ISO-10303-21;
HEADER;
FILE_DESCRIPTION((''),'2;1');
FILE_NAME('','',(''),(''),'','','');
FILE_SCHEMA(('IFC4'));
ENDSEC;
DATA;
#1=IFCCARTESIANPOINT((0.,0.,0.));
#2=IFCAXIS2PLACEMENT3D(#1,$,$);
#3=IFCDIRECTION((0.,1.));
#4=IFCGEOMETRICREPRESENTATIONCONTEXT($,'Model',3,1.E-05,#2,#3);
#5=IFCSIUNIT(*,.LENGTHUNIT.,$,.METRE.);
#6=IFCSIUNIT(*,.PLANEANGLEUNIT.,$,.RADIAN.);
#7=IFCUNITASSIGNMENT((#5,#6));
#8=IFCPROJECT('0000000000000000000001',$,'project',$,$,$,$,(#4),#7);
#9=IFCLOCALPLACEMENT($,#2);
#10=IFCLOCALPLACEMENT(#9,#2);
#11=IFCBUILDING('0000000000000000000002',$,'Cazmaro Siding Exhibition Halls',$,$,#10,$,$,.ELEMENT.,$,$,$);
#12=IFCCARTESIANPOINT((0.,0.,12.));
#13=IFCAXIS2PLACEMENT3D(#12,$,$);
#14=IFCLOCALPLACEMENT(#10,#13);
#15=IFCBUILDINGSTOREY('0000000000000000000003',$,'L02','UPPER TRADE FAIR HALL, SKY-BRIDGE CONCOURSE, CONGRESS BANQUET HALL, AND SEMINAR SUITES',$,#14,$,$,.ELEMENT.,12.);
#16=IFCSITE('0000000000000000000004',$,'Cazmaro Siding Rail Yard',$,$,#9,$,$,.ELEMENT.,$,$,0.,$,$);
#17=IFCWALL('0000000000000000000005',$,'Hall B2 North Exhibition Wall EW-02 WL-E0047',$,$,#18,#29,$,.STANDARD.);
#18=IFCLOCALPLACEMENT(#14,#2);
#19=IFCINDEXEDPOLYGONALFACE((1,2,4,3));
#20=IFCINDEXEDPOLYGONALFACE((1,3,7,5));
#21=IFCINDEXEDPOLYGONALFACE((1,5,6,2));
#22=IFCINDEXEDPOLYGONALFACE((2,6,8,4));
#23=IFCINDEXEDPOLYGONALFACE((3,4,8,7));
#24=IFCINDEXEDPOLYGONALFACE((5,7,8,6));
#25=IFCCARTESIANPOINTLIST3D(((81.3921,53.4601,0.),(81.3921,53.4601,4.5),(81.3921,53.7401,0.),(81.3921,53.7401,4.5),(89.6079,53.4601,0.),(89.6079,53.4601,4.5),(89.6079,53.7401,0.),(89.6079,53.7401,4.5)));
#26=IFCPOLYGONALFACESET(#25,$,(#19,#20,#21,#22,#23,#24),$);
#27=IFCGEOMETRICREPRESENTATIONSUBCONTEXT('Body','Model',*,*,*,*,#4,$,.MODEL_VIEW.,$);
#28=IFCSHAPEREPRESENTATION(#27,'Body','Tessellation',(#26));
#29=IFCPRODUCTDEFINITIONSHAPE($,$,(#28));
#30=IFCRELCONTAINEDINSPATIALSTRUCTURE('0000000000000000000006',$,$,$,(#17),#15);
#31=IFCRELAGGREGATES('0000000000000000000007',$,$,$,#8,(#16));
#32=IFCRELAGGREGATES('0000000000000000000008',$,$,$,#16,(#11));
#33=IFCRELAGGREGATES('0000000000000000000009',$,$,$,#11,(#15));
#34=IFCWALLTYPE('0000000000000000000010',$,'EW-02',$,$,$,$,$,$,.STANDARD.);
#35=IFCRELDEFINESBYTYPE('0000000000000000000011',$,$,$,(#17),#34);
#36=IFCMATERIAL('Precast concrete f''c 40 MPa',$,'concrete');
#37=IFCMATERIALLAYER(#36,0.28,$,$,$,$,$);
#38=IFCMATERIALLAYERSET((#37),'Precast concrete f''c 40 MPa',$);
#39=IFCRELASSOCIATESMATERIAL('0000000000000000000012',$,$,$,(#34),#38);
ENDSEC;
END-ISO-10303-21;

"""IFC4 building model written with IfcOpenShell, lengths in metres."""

from ifc_helpers import new_model, si_unit, direction, frame, frame_2d, origin, place, context, subcontext, project, spatial, rectangle, extrude, material, layer, layer_set, type_object, element, save


model = new_model("IFC4")

# Units and contexts
model_context = context("Model", 3, precision=1e-05, world=origin(), true_north=direction((0.0, 1.0)))
body_context = subcontext(model_context, "Body", "Model", "MODEL_VIEW")
ifc_project = project(units=[si_unit("LENGTHUNIT", "METRE"), si_unit("PLANEANGLEUNIT", "RADIAN")], contexts=[model_context])

# Site, building, storey
site_placement = place(None, origin())
site = spatial("IfcSite", under=ifc_project, at=site_placement, Name="Cazmaro Siding Rail Yard", CompositionType="ELEMENT", RefElevation=0.0)
building_placement = place(site_placement, origin())
building = spatial("IfcBuilding", under=site, at=building_placement, Name="Cazmaro Siding Exhibition Halls", CompositionType="ELEMENT")
storey_placement = place(building_placement, frame((0.0, 0.0, 12.0)))
storey = spatial("IfcBuildingStorey", under=building, at=storey_placement, Name="L02", Description="UPPER TRADE FAIR HALL, SKY-BRIDGE CONCOURSE, CONGRESS BANQUET HALL, AND SEMINAR SUITES", CompositionType="ELEMENT", Elevation=12.0)

# Wall
ifc_material_1 = material(Name="Precast concrete f'c 40 MPa", Category="concrete")
ifc_layer_1 = layer(ifc_material_1, 0.28)
ifc_layer_set_1 = layer_set([ifc_layer_1], Name="Precast concrete f'c 40 MPa")
wall_type = type_object("IfcWallType", Name="EW-02", PredefinedType="STANDARD", material=ifc_layer_set_1)
wall_placement = place(storey_placement, frame((81.3921, 53.6001, 0.0), z_axis=(0.0, 0.0, 1.0), x_axis=(1.0, 0.0, 0.0)))
element("IfcWall", 1, at=wall_placement, inside=storey, type_object=wall_type, Name="Hall B2 North Exhibition Wall EW-02 WL-E0047", PredefinedType="STANDARD", context=body_context, shape_type="SweptSolid", body=[
    extrude(rectangle(XDim=8.2158, YDim=0.28, at=frame_2d((4.1079, 0.0))), origin(), (0.0, 0.0, 1.0), 4.5),
])

save(model, "model.ifc")
